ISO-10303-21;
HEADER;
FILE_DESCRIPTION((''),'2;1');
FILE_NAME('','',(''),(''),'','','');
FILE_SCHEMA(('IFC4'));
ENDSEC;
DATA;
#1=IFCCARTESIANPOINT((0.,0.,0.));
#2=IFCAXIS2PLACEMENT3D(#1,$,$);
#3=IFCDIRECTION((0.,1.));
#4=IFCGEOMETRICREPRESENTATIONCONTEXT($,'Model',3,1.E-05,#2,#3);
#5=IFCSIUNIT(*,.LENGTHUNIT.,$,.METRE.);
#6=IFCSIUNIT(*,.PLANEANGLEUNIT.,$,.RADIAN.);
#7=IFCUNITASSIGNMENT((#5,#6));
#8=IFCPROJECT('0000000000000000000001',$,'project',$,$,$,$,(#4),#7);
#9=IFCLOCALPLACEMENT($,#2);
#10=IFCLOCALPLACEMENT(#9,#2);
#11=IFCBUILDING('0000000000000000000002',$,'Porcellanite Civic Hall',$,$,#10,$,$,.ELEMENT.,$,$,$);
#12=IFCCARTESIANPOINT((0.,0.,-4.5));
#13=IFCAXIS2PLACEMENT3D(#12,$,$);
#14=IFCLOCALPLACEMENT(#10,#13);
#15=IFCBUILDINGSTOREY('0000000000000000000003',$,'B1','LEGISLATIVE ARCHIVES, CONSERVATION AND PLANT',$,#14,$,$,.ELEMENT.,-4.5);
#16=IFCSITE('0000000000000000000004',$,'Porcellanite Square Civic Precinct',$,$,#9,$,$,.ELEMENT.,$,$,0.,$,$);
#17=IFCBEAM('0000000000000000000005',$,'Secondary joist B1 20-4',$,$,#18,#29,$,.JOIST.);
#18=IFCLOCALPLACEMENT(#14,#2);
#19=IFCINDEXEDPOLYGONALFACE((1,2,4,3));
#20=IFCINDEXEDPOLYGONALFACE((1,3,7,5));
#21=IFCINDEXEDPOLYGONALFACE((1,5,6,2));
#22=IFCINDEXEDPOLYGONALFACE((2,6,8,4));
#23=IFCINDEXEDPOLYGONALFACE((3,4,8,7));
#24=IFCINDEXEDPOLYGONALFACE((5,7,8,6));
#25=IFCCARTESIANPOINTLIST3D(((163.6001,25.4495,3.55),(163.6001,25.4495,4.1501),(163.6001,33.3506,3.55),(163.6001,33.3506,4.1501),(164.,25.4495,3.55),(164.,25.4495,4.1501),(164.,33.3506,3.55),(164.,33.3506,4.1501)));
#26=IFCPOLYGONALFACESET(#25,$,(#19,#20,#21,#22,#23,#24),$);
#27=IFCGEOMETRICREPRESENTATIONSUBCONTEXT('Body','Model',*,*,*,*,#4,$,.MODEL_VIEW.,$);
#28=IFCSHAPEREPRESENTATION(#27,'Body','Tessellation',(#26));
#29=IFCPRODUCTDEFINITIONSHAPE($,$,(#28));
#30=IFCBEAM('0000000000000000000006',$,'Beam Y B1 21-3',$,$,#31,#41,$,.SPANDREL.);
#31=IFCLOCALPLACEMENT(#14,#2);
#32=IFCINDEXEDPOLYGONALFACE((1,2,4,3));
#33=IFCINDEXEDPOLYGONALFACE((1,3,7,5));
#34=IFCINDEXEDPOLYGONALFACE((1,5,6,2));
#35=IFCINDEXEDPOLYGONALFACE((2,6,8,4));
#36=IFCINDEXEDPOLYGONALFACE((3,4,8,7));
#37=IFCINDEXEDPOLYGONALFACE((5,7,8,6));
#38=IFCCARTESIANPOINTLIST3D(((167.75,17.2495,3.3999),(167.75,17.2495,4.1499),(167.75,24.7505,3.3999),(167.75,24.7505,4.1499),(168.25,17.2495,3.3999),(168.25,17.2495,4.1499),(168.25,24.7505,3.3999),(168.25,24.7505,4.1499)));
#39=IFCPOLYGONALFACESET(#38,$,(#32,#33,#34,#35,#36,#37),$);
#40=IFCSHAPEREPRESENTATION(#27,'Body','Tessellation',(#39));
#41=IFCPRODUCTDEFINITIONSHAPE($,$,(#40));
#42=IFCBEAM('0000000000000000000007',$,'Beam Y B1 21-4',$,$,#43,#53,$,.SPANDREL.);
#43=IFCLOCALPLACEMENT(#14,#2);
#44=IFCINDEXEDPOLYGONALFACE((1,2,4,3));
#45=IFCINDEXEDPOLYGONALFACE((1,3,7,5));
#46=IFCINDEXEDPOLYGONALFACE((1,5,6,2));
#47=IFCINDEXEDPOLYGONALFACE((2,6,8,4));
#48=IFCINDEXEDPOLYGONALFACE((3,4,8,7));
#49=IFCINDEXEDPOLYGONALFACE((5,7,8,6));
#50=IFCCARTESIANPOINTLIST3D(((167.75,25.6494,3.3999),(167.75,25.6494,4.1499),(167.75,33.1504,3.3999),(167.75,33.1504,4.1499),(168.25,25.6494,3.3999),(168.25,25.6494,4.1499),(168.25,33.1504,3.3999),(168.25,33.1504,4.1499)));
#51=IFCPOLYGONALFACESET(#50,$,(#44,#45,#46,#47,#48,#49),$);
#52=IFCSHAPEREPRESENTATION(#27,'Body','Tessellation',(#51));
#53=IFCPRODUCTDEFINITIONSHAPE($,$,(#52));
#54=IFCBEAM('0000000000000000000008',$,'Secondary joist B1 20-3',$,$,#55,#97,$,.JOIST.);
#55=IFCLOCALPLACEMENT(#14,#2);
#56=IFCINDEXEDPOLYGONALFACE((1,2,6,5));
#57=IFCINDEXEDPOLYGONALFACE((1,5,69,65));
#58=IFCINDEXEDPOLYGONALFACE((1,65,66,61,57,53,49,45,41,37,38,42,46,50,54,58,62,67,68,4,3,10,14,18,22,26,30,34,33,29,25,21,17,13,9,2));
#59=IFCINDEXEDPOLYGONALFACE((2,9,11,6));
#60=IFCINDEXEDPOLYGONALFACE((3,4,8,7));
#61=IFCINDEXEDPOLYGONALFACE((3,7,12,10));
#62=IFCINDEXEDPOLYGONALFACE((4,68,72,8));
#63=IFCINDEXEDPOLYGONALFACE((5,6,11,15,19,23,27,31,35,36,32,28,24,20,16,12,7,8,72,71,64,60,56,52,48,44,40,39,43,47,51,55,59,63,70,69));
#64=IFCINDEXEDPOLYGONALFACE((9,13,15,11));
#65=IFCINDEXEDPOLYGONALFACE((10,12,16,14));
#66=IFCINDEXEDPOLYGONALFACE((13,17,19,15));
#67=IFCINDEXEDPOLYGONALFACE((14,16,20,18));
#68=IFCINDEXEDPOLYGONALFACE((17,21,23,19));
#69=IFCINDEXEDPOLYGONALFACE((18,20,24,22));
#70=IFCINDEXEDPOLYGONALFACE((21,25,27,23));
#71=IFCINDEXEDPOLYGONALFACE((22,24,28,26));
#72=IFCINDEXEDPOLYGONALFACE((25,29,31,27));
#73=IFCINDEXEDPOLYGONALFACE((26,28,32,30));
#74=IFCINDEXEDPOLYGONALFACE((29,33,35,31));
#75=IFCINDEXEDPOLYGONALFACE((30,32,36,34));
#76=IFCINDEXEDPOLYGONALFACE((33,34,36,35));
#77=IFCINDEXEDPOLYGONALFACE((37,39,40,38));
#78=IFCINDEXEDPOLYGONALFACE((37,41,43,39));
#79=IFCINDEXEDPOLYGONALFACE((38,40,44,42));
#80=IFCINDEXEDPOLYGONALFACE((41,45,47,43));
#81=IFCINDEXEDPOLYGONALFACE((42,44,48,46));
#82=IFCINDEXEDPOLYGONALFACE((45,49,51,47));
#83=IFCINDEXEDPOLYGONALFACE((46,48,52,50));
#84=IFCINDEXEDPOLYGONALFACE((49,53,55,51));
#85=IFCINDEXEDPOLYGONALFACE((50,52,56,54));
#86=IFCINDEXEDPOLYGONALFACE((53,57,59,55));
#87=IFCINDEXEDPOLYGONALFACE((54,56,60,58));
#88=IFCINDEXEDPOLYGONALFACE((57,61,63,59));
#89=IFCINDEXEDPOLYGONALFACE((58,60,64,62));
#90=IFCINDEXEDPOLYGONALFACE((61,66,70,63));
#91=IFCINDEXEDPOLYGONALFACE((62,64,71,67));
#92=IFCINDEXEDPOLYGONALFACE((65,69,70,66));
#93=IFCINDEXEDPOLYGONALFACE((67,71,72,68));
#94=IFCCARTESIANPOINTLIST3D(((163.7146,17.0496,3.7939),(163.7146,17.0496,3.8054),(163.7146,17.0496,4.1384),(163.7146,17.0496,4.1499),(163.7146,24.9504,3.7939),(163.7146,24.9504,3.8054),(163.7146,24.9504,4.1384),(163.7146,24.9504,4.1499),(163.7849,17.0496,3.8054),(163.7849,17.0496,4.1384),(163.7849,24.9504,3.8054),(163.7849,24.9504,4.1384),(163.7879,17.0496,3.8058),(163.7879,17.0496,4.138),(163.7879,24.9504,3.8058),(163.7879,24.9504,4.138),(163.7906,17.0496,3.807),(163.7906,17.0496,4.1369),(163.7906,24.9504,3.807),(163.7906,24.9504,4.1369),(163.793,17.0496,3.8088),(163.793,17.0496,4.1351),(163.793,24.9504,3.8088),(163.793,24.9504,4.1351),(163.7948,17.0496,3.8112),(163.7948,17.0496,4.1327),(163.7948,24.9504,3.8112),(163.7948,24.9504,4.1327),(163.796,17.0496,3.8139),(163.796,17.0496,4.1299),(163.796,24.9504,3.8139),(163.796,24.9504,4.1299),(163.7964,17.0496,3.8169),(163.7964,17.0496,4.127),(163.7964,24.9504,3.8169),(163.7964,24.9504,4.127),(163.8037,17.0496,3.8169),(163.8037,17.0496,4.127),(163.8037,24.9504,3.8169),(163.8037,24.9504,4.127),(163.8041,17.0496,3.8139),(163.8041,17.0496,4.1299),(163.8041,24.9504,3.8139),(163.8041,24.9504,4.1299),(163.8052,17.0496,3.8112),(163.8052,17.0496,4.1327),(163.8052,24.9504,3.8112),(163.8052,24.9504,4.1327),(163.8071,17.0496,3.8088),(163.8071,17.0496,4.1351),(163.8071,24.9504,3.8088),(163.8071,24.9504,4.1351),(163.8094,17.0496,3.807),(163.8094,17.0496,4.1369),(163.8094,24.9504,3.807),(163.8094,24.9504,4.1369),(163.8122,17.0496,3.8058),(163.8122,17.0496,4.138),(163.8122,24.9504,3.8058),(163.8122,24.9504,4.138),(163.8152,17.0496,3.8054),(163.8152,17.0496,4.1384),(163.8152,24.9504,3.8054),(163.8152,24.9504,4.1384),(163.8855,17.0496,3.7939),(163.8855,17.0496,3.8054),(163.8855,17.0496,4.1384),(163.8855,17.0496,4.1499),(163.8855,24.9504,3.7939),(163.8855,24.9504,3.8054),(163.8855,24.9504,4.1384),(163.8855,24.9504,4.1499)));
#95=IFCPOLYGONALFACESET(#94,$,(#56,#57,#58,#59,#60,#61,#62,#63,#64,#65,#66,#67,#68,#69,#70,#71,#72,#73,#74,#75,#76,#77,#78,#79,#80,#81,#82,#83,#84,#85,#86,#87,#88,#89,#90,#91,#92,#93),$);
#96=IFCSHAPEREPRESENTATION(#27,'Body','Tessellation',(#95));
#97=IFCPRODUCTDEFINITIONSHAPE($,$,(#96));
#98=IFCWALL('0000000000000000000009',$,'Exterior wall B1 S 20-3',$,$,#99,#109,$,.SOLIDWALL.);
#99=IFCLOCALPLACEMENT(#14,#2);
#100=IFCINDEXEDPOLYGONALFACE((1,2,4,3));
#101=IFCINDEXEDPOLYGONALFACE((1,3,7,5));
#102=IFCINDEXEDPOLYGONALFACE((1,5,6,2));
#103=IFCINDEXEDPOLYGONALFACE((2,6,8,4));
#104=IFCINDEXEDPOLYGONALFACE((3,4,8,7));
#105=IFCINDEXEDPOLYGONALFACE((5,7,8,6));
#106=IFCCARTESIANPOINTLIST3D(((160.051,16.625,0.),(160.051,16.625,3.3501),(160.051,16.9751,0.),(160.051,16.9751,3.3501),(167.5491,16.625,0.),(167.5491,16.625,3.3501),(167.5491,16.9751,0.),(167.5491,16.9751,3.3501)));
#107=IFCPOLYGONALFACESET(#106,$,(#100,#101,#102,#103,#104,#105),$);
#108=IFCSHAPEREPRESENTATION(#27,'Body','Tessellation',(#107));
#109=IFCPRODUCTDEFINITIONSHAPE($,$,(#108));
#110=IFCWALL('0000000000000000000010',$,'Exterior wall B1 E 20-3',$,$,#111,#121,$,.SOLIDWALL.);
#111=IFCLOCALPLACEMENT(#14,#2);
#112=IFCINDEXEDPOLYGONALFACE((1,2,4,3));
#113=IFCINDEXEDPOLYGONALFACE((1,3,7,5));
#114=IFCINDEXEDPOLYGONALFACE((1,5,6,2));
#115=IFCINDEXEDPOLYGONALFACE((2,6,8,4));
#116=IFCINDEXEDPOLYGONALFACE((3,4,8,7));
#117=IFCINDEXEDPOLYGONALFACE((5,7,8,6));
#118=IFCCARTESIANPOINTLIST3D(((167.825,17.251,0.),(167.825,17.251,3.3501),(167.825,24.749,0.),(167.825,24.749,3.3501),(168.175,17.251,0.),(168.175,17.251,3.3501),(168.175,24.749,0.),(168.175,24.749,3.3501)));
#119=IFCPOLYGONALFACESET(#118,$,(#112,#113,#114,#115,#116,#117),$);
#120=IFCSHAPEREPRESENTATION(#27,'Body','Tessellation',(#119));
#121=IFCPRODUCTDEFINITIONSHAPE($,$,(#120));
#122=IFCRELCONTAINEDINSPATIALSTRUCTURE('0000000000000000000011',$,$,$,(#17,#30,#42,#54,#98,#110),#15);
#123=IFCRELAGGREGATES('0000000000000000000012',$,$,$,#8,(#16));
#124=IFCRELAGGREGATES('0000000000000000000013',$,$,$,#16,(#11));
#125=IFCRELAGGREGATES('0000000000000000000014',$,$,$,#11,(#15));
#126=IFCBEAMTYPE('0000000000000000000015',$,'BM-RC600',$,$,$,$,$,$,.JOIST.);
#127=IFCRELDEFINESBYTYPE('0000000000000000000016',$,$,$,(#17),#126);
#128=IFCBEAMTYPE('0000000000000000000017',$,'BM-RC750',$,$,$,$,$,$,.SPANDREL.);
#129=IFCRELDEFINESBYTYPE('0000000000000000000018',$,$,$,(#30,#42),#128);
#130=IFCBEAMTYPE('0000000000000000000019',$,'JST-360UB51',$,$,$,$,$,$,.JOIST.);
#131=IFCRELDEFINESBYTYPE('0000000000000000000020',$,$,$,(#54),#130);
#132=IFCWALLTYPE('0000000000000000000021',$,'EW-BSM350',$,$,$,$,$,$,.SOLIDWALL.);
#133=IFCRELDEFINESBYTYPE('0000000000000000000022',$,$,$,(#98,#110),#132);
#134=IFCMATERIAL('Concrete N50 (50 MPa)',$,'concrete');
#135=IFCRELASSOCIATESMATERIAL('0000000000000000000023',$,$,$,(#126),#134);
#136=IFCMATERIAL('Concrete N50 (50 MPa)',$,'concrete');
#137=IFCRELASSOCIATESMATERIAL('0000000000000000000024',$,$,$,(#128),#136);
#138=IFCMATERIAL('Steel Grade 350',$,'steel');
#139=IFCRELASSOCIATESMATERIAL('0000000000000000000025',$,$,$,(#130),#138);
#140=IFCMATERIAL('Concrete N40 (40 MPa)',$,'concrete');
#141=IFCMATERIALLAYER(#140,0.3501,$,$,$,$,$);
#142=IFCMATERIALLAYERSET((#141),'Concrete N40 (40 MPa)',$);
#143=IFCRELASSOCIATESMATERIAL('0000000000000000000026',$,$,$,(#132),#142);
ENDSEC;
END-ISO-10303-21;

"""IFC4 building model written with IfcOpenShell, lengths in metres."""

from ifc_helpers import new_model, si_unit, direction, frame, frame_2d, origin, origin_2d, place, context, subcontext, project, spatial, rectangle, i_section, extrude, material, layer, layer_set, material_profile, profile_set, type_object, element, save


model = new_model("IFC4")

# Units and contexts
model_context = context("Model", 3, precision=1e-05, world=origin(), true_north=direction((0.0, 1.0)))
body_context = subcontext(model_context, "Body", "Model", "MODEL_VIEW")
ifc_project = project(units=[si_unit("LENGTHUNIT", "METRE"), si_unit("PLANEANGLEUNIT", "RADIAN")], contexts=[model_context])

# Site, building, storey
site_placement = place(None, origin())
site = spatial("IfcSite", under=ifc_project, at=site_placement, Name="Porcellanite Square Civic Precinct", CompositionType="ELEMENT", RefElevation=0.0)
building_placement = place(site_placement, origin())
building = spatial("IfcBuilding", under=site, at=building_placement, Name="Porcellanite Civic Hall", CompositionType="ELEMENT")
storey_placement = place(building_placement, frame((0.0, 0.0, -4.5)))
storey = spatial("IfcBuildingStorey", under=building, at=storey_placement, Name="B1", Description="LEGISLATIVE ARCHIVES, CONSERVATION AND PLANT", CompositionType="ELEMENT", Elevation=-4.5)

# Beams
ifc_material_1 = material(Name="Concrete N50 (50 MPa)", Category="concrete")
ifc_material_profile_1 = material_profile(ifc_material_1, rectangle(XDim=0.3999, YDim=0.6001, at=origin_2d()), Name="RC-400x600")
ifc_profile_set_1 = profile_set([ifc_material_profile_1], Name="Concrete N50 (50 MPa)")
beam_type_1 = type_object("IfcBeamType", Name="BM-RC600", PredefinedType="JOIST", material=ifc_profile_set_1)
beam_1_placement = place(storey_placement, frame((163.8, 25.4495, 3.8501), z_axis=(0.0, 1.0, 0.0), x_axis=(-1.0, 0.0, 0.0)))
element("IfcBeam", 1, at=beam_1_placement, inside=storey, type_object=beam_type_1, Name="Secondary joist B1 20-4", PredefinedType="JOIST", context=body_context, shape_type="SweptSolid", body=[
    extrude(rectangle(XDim=0.3999, YDim=0.6001, at=origin_2d()), origin(), (0.0, 0.0, 1.0), 7.9011),
])
ifc_material_2 = material(Name="Concrete N50 (50 MPa)", Category="concrete")
ifc_material_profile_2 = material_profile(ifc_material_2, rectangle(XDim=0.5, YDim=0.75, at=origin_2d()), Name="RC-500x750")
ifc_profile_set_2 = profile_set([ifc_material_profile_2], Name="Concrete N50 (50 MPa)")
beam_type_2 = type_object("IfcBeamType", Name="BM-RC750", PredefinedType="SPANDREL", material=ifc_profile_set_2)
for number, where, z_axis, x_axis, name in (
    (2, (168.0, 17.2495, 3.7749), (0.0, 1.0, 0.0), (-1.0, 0.0, 0.0), "Beam Y B1 21-3"),
    (3, (168.0, 25.6494, 3.7749), (0.0, 1.0, 0.0), (-1.0, 0.0, 0.0), "Beam Y B1 21-4"),
):
    element("IfcBeam", number, at=place(storey_placement, frame(where, z_axis=z_axis, x_axis=x_axis)), inside=storey, type_object=beam_type_2, Name=name, PredefinedType="SPANDREL", context=body_context, shape_type="SweptSolid", body=[
        extrude(rectangle(XDim=0.5, YDim=0.75, at=origin_2d()), origin(), (0.0, 0.0, 1.0), 7.501),
    ])
ifc_material_3 = material(Name="Steel Grade 350", Category="steel")
ifc_material_profile_3 = material_profile(ifc_material_3, i_section(OverallWidth=0.1709, OverallDepth=0.356, WebThickness=0.0073, FlangeThickness=0.0115, FilletRadius=0.0115, at=origin_2d()), Name="360UB50.7")
ifc_profile_set_3 = profile_set([ifc_material_profile_3], Name="Steel Grade 350")
beam_type_3 = type_object("IfcBeamType", Name="JST-360UB51", PredefinedType="JOIST", material=ifc_profile_set_3)
beam_2_placement = place(storey_placement, frame((163.8, 17.0496, 3.9719), z_axis=(0.0, 1.0, 0.0), x_axis=(-1.0, 0.0, 0.0)))
element("IfcBeam", 4, at=beam_2_placement, inside=storey, type_object=beam_type_3, Name="Secondary joist B1 20-3", PredefinedType="JOIST", context=body_context, shape_type="SweptSolid", body=[
    extrude(i_section(OverallWidth=0.1709, OverallDepth=0.356, WebThickness=0.0073, FlangeThickness=0.0115, FilletRadius=0.0115, at=origin_2d()), origin(), (0.0, 0.0, 1.0), 7.9009),
])

# Walls
ifc_material_4 = material(Name="Concrete N40 (40 MPa)", Category="concrete")
ifc_layer = layer(ifc_material_4, 0.3501)
ifc_layer_set = layer_set([ifc_layer], Name="Concrete N40 (40 MPa)")
wall_type = type_object("IfcWallType", Name="EW-BSM350", PredefinedType="SOLIDWALL", material=ifc_layer_set)
for number, where, z_axis, x_axis, name in (
    (5, (167.5491, 16.8, 0.0), (0.0, 0.0, 1.0), (-1.0, 0.0, 0.0), "Exterior wall B1 S 20-3"),
    (6, (168.0, 24.749, 0.0), (0.0, 0.0, 1.0), (0.0, -1.0, 0.0), "Exterior wall B1 E 20-3"),
):
    element("IfcWall", number, at=place(storey_placement, frame(where, z_axis=z_axis, x_axis=x_axis)), inside=storey, type_object=wall_type, Name=name, PredefinedType="SOLIDWALL", context=body_context, shape_type="SweptSolid", body=[
        extrude(rectangle(XDim=7.498, YDim=0.3501, at=frame_2d((3.749, 0.0))), origin(), (0.0, 0.0, 1.0), 3.3501),
    ])

save(model, "model.ifc")
